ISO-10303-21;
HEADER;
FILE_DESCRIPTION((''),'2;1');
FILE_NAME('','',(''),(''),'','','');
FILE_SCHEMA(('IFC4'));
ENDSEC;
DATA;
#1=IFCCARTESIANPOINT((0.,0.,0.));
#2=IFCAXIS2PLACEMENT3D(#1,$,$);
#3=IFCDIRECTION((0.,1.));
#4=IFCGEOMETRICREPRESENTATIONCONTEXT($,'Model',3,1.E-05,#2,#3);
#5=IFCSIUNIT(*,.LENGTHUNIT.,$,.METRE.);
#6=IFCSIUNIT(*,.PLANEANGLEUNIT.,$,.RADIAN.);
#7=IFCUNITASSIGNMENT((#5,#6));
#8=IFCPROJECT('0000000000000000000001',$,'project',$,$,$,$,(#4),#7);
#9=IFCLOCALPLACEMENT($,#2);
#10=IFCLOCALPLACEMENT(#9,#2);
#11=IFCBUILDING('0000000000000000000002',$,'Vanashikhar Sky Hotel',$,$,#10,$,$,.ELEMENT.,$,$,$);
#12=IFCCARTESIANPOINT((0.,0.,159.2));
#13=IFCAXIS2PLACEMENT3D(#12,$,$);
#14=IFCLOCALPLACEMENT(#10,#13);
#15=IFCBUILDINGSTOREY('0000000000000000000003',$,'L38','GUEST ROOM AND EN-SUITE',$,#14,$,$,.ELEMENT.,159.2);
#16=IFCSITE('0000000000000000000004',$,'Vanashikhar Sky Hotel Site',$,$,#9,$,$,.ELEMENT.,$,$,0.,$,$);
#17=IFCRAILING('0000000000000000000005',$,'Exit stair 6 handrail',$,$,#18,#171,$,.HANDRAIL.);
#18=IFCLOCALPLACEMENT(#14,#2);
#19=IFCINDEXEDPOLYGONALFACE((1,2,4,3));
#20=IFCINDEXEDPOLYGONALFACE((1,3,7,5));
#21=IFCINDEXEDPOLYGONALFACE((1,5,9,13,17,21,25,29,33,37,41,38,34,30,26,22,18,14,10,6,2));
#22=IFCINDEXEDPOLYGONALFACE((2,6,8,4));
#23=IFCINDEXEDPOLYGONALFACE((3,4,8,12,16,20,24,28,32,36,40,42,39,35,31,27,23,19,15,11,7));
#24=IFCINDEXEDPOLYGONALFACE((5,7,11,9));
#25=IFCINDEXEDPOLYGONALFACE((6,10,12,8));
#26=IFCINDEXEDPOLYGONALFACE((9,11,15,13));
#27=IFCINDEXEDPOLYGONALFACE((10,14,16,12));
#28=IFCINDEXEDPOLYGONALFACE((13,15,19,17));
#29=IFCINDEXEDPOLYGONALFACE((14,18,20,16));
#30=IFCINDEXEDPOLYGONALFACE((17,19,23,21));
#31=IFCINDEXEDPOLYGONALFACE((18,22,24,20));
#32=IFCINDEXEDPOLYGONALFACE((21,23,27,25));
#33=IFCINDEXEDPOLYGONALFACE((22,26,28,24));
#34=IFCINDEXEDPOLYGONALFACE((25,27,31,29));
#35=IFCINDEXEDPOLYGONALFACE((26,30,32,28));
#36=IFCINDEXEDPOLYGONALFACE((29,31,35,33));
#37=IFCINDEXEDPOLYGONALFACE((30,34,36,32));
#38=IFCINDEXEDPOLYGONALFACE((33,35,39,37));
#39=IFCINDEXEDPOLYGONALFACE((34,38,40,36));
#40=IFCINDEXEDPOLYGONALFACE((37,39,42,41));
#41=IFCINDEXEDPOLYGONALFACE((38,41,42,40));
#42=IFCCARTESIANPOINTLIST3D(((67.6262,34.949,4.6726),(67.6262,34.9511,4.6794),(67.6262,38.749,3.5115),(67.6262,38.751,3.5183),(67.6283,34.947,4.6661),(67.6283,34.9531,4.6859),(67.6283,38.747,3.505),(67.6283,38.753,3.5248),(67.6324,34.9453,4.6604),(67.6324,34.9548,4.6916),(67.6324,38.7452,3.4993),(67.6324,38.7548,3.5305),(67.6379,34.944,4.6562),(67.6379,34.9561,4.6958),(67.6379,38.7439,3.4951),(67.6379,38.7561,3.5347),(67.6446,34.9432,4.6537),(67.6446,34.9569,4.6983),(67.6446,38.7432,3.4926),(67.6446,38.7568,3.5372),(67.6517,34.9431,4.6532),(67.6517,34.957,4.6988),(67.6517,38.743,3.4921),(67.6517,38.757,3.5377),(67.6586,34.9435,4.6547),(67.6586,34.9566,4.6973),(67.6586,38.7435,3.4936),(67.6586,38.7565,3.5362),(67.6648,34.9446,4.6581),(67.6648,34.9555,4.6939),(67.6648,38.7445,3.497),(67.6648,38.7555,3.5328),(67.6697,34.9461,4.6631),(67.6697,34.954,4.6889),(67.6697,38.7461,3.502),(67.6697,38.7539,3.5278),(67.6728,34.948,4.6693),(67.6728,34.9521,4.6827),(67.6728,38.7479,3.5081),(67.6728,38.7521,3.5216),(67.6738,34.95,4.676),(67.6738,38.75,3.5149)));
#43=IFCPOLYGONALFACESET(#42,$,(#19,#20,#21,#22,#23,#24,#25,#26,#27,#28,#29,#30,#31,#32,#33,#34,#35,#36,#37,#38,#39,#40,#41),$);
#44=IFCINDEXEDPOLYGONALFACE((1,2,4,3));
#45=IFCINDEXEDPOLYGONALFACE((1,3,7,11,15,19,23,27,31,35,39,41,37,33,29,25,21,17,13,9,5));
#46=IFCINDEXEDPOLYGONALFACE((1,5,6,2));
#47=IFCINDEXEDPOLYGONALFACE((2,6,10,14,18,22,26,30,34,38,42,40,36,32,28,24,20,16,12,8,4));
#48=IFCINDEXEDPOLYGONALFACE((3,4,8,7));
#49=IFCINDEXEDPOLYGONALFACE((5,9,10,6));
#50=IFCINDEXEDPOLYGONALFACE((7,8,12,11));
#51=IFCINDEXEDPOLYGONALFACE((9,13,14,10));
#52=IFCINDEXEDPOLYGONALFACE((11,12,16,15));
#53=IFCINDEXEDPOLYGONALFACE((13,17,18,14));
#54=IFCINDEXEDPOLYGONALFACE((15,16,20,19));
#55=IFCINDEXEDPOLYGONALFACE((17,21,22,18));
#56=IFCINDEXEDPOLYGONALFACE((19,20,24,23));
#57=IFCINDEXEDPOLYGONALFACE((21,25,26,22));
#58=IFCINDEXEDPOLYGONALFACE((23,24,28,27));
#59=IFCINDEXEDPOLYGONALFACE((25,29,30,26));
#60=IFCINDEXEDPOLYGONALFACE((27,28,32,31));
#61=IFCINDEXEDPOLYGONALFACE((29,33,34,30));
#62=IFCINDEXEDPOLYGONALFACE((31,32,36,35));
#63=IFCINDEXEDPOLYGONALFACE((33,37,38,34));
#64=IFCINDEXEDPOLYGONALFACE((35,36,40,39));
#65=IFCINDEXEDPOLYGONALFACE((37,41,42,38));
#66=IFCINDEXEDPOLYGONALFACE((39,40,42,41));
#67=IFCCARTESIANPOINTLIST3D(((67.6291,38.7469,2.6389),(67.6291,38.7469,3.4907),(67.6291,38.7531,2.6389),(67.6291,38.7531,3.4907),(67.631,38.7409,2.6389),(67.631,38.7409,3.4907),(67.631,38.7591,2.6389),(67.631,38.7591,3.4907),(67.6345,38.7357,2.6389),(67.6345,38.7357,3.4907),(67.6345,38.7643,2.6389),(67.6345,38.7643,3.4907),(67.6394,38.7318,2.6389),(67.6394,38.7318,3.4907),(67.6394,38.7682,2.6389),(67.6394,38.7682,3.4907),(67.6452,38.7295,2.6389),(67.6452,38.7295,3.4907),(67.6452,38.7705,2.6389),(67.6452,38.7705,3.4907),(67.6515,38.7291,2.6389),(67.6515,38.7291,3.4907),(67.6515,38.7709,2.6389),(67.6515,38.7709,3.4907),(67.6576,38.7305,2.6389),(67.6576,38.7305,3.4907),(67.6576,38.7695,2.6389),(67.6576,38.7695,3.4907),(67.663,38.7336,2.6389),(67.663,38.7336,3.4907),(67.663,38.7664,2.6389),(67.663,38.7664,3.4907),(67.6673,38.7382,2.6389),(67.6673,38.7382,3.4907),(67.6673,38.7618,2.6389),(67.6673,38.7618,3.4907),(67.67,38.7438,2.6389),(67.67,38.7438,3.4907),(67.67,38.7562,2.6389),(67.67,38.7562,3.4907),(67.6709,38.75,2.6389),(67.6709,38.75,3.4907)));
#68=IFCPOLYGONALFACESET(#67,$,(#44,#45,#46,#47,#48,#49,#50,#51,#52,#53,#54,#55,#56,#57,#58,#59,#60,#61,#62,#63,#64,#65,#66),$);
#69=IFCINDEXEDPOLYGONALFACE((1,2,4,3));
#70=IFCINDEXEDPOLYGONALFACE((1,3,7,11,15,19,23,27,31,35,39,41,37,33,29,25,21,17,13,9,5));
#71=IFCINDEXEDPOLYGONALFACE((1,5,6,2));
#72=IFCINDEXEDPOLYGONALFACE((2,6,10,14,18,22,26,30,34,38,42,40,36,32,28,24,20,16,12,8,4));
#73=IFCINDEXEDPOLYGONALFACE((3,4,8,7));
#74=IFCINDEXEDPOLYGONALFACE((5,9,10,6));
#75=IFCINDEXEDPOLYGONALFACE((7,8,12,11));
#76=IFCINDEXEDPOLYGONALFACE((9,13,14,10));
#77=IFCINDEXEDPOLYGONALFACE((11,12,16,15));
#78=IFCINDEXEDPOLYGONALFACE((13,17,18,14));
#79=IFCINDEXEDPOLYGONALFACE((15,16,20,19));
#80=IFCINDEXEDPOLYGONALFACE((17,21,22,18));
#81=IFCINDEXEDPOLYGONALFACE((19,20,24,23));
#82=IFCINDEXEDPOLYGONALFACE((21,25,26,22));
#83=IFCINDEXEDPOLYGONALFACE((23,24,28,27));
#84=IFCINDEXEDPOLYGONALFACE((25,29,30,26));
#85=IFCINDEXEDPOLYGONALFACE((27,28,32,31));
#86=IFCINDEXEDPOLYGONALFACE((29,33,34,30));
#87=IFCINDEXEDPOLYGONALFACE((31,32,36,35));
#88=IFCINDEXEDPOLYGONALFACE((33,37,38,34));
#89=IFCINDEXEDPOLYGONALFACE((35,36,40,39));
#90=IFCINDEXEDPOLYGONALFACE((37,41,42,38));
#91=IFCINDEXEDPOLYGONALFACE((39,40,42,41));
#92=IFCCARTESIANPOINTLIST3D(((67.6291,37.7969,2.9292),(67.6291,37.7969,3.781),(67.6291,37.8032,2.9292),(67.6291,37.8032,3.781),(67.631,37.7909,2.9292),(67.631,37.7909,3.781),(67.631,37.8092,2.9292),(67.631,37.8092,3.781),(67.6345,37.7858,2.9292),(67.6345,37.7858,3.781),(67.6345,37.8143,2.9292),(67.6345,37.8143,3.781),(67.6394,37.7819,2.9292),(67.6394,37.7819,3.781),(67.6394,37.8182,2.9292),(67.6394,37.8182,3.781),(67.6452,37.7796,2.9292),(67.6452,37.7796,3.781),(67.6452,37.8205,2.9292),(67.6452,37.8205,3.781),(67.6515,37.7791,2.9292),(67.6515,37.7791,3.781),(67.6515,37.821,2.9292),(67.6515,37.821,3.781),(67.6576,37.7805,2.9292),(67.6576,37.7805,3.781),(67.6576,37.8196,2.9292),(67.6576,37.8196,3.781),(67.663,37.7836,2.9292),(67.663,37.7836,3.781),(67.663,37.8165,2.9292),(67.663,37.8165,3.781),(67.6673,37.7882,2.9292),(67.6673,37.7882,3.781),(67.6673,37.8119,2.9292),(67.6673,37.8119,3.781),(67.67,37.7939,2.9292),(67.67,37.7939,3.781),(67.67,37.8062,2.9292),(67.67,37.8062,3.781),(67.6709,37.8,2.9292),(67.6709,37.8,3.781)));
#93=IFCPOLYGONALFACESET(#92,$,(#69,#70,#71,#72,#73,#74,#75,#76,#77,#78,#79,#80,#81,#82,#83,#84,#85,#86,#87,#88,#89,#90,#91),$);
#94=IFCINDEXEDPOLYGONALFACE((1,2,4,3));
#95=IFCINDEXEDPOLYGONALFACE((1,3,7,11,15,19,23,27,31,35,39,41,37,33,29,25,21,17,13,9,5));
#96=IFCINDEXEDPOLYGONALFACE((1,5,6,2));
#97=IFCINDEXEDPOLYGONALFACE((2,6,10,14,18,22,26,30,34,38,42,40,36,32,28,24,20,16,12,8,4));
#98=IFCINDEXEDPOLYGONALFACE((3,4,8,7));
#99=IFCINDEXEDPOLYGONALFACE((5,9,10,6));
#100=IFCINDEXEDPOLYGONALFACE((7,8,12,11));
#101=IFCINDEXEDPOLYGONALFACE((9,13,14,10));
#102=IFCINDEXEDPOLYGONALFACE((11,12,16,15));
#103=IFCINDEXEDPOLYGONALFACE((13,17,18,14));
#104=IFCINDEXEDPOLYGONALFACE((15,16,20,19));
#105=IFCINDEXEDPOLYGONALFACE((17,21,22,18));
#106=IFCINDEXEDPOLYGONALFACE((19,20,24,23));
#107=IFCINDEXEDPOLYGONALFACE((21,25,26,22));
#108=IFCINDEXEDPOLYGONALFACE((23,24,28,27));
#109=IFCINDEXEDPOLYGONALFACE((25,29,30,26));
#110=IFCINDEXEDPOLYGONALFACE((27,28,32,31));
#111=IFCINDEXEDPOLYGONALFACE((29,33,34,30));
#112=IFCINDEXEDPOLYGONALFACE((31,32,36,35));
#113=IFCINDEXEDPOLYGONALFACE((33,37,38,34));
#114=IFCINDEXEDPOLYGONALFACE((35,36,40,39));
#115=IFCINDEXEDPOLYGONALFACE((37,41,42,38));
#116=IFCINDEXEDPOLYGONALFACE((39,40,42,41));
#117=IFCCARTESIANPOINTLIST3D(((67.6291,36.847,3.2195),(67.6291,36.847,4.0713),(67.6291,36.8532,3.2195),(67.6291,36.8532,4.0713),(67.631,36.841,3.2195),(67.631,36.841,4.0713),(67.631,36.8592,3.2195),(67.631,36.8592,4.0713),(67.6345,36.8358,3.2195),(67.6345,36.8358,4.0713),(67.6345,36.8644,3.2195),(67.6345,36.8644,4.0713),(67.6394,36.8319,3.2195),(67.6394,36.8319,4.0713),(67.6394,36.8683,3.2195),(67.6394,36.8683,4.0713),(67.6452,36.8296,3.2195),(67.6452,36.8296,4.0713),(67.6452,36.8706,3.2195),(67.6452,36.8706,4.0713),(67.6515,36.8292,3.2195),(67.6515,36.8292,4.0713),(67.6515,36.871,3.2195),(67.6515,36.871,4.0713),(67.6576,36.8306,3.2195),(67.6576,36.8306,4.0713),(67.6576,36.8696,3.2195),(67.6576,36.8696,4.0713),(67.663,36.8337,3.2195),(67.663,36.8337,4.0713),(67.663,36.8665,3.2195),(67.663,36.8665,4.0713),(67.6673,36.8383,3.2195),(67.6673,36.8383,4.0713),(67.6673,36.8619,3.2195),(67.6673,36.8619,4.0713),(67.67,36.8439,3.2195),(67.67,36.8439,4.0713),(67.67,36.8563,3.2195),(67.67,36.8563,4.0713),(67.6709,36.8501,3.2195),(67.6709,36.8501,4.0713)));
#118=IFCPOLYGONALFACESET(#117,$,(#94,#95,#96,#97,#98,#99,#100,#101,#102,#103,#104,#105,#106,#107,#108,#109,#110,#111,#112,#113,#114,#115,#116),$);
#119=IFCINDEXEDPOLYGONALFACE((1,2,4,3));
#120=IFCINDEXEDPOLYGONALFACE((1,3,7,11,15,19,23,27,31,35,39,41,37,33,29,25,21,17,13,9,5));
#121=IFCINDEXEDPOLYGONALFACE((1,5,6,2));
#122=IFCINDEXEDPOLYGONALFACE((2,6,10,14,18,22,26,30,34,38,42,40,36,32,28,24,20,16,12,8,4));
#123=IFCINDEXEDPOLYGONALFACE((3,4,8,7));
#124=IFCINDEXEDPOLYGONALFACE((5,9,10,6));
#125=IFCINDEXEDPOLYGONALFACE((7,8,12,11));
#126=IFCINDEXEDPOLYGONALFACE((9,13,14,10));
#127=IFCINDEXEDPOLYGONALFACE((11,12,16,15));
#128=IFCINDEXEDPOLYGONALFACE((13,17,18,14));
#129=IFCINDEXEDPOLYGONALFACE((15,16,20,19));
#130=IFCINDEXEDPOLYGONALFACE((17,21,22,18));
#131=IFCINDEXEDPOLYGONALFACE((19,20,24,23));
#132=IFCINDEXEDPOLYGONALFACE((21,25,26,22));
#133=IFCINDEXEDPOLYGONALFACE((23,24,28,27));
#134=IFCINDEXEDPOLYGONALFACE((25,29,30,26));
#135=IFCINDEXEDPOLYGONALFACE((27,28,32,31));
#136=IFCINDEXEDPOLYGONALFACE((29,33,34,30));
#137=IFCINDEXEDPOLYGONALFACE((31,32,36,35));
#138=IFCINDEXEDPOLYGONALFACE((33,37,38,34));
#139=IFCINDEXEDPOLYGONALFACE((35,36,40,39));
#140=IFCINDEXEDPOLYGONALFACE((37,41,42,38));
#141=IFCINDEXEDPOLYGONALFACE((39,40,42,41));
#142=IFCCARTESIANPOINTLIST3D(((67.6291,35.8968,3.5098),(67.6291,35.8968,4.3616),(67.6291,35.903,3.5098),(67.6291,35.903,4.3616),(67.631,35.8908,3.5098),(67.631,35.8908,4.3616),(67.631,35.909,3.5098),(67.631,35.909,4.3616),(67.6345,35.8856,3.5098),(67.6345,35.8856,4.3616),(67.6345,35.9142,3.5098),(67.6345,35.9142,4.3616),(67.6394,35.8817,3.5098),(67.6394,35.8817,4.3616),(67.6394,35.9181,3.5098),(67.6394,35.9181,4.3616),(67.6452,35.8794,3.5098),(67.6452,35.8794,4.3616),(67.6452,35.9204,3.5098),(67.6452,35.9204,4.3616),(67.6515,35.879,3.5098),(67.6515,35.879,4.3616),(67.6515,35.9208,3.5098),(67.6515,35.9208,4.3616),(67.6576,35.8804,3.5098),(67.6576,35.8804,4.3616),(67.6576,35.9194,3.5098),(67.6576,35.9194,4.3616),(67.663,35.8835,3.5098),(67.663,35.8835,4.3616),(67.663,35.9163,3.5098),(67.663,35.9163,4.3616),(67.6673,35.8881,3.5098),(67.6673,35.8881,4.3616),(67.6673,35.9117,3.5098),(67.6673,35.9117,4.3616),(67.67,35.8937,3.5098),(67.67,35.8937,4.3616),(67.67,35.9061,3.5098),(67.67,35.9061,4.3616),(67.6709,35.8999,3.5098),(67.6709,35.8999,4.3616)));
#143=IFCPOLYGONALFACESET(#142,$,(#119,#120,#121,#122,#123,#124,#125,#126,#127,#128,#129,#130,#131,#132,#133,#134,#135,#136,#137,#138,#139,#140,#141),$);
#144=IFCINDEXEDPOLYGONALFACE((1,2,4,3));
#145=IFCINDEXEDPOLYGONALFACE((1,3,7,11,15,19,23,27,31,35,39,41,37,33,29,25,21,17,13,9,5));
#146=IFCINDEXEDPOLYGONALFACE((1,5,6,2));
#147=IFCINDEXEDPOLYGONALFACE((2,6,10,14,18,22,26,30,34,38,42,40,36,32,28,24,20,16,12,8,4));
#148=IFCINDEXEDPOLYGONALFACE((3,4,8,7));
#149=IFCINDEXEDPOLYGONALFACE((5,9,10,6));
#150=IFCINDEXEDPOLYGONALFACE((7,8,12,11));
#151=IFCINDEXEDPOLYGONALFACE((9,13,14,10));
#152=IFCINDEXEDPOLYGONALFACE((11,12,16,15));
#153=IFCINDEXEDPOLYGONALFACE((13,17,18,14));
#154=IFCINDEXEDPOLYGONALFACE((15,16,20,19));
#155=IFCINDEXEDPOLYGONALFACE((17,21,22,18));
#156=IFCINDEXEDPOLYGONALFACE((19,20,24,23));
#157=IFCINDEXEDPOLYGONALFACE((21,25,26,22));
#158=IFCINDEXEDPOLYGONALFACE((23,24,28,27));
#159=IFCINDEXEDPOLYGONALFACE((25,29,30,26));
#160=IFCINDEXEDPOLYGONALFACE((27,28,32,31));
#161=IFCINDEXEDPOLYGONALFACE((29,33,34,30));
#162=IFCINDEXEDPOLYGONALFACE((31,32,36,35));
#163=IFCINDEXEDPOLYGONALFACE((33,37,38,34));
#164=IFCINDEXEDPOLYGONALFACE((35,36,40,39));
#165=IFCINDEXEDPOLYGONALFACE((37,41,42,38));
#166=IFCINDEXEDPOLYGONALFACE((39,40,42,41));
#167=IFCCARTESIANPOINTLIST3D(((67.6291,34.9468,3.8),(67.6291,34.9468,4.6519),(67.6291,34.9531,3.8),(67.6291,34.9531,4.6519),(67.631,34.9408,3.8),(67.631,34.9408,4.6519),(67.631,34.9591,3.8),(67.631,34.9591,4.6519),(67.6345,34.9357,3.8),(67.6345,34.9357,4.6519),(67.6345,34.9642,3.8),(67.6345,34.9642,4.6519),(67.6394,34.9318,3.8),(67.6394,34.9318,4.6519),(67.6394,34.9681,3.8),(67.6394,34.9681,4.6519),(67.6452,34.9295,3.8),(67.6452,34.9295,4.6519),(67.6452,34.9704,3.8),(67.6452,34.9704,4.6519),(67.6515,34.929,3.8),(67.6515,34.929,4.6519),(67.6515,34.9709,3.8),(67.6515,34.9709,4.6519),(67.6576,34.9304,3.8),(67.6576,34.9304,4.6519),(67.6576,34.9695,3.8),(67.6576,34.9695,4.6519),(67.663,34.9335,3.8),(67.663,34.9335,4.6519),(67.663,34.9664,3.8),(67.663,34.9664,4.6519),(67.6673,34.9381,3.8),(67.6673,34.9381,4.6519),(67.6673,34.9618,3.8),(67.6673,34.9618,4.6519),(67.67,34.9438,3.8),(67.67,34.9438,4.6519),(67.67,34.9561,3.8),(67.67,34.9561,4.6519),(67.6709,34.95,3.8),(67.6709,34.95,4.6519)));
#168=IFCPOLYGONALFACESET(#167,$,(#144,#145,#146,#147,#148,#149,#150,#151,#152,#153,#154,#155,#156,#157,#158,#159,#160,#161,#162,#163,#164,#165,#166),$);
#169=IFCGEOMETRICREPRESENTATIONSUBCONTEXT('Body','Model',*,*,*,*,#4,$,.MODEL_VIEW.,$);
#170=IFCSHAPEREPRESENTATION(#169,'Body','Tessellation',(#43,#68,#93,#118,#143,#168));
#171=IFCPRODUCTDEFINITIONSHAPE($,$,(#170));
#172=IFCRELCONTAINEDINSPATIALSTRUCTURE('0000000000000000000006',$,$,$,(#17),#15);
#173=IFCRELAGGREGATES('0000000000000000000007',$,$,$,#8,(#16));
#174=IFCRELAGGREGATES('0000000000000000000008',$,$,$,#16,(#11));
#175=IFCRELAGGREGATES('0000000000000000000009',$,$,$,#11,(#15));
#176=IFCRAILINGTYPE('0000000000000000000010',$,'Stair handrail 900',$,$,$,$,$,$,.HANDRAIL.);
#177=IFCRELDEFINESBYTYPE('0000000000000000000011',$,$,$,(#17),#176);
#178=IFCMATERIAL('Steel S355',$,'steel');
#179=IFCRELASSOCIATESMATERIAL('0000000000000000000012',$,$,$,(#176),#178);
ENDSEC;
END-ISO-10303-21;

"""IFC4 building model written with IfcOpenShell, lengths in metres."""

from ifc_helpers import new_model, si_unit, direction, frame, origin, origin_2d, place, context, subcontext, project, spatial, circle, extrude, source, transform, mapped, material, type_object, element, save


model = new_model("IFC4")

# Units and contexts
model_context = context("Model", 3, precision=1e-05, world=origin(), true_north=direction((0.0, 1.0)))
body_context = subcontext(model_context, "Body", "Model", "MODEL_VIEW")
ifc_project = project(units=[si_unit("LENGTHUNIT", "METRE"), si_unit("PLANEANGLEUNIT", "RADIAN")], contexts=[model_context])

# Site, building, storey
site_placement = place(None, origin())
site = spatial("IfcSite", under=ifc_project, at=site_placement, Name="Vanashikhar Sky Hotel Site", CompositionType="ELEMENT", RefElevation=0.0)
building_placement = place(site_placement, origin())
building = spatial("IfcBuilding", under=site, at=building_placement, Name="Vanashikhar Sky Hotel", CompositionType="ELEMENT")
storey_placement = place(building_placement, frame((0.0, 0.0, 159.2)))
storey = spatial("IfcBuildingStorey", under=building, at=storey_placement, Name="L38", Description="GUEST ROOM AND EN-SUITE", CompositionType="ELEMENT", Elevation=159.2)

# Railing
ifc_material_1 = material(Name="Steel S355", Category="steel")
railing_type = type_object("IfcRailingType", Name="Stair handrail 900", PredefinedType="HANDRAIL", material=ifc_material_1)
shared_shape_1 = source(origin(), body_context, "Body", "SweptSolid", [
    extrude(circle(Radius=0.0239, at=origin_2d()), frame((0.0, 0.0, 0.876), z_axis=(0.0, -0.956351, 0.29222), x_axis=(1.0, 0.0, 0.0)), (0.0, 0.0, 1.0), 3.9734),
    extrude(circle(Radius=0.021, at=origin_2d()), origin(), (0.0, 0.0, 1.0), 0.8518),
    extrude(circle(Radius=0.021, at=origin_2d()), frame((0.0, -0.95, 0.2903)), (0.0, 0.0, 1.0), 0.8518),
    extrude(circle(Radius=0.021, at=origin_2d()), frame((0.0, -1.8999, 0.5806)), (0.0, 0.0, 1.0), 0.8518),
    extrude(circle(Radius=0.021, at=origin_2d()), frame((0.0, -2.8501, 0.8708)), (0.0, 0.0, 1.0), 0.8518),
    extrude(circle(Radius=0.021, at=origin_2d()), frame((0.0, -3.8, 1.1611)), (0.0, 0.0, 1.0), 0.8518),
])
for number, where, name in (
    (1, (67.6499, 38.75, 2.6389), "Exit stair 6 handrail"),
):
    element("IfcRailing", number, at=place(storey_placement, frame(where)), inside=storey, type_object=railing_type, Name=name, PredefinedType="HANDRAIL", context=body_context, shape_type="MappedRepresentation", body=[
        mapped(shared_shape_1, transform((0.0, 0.0, 0.0), scale=1.0)),
    ])

save(model, "model.ifc")
